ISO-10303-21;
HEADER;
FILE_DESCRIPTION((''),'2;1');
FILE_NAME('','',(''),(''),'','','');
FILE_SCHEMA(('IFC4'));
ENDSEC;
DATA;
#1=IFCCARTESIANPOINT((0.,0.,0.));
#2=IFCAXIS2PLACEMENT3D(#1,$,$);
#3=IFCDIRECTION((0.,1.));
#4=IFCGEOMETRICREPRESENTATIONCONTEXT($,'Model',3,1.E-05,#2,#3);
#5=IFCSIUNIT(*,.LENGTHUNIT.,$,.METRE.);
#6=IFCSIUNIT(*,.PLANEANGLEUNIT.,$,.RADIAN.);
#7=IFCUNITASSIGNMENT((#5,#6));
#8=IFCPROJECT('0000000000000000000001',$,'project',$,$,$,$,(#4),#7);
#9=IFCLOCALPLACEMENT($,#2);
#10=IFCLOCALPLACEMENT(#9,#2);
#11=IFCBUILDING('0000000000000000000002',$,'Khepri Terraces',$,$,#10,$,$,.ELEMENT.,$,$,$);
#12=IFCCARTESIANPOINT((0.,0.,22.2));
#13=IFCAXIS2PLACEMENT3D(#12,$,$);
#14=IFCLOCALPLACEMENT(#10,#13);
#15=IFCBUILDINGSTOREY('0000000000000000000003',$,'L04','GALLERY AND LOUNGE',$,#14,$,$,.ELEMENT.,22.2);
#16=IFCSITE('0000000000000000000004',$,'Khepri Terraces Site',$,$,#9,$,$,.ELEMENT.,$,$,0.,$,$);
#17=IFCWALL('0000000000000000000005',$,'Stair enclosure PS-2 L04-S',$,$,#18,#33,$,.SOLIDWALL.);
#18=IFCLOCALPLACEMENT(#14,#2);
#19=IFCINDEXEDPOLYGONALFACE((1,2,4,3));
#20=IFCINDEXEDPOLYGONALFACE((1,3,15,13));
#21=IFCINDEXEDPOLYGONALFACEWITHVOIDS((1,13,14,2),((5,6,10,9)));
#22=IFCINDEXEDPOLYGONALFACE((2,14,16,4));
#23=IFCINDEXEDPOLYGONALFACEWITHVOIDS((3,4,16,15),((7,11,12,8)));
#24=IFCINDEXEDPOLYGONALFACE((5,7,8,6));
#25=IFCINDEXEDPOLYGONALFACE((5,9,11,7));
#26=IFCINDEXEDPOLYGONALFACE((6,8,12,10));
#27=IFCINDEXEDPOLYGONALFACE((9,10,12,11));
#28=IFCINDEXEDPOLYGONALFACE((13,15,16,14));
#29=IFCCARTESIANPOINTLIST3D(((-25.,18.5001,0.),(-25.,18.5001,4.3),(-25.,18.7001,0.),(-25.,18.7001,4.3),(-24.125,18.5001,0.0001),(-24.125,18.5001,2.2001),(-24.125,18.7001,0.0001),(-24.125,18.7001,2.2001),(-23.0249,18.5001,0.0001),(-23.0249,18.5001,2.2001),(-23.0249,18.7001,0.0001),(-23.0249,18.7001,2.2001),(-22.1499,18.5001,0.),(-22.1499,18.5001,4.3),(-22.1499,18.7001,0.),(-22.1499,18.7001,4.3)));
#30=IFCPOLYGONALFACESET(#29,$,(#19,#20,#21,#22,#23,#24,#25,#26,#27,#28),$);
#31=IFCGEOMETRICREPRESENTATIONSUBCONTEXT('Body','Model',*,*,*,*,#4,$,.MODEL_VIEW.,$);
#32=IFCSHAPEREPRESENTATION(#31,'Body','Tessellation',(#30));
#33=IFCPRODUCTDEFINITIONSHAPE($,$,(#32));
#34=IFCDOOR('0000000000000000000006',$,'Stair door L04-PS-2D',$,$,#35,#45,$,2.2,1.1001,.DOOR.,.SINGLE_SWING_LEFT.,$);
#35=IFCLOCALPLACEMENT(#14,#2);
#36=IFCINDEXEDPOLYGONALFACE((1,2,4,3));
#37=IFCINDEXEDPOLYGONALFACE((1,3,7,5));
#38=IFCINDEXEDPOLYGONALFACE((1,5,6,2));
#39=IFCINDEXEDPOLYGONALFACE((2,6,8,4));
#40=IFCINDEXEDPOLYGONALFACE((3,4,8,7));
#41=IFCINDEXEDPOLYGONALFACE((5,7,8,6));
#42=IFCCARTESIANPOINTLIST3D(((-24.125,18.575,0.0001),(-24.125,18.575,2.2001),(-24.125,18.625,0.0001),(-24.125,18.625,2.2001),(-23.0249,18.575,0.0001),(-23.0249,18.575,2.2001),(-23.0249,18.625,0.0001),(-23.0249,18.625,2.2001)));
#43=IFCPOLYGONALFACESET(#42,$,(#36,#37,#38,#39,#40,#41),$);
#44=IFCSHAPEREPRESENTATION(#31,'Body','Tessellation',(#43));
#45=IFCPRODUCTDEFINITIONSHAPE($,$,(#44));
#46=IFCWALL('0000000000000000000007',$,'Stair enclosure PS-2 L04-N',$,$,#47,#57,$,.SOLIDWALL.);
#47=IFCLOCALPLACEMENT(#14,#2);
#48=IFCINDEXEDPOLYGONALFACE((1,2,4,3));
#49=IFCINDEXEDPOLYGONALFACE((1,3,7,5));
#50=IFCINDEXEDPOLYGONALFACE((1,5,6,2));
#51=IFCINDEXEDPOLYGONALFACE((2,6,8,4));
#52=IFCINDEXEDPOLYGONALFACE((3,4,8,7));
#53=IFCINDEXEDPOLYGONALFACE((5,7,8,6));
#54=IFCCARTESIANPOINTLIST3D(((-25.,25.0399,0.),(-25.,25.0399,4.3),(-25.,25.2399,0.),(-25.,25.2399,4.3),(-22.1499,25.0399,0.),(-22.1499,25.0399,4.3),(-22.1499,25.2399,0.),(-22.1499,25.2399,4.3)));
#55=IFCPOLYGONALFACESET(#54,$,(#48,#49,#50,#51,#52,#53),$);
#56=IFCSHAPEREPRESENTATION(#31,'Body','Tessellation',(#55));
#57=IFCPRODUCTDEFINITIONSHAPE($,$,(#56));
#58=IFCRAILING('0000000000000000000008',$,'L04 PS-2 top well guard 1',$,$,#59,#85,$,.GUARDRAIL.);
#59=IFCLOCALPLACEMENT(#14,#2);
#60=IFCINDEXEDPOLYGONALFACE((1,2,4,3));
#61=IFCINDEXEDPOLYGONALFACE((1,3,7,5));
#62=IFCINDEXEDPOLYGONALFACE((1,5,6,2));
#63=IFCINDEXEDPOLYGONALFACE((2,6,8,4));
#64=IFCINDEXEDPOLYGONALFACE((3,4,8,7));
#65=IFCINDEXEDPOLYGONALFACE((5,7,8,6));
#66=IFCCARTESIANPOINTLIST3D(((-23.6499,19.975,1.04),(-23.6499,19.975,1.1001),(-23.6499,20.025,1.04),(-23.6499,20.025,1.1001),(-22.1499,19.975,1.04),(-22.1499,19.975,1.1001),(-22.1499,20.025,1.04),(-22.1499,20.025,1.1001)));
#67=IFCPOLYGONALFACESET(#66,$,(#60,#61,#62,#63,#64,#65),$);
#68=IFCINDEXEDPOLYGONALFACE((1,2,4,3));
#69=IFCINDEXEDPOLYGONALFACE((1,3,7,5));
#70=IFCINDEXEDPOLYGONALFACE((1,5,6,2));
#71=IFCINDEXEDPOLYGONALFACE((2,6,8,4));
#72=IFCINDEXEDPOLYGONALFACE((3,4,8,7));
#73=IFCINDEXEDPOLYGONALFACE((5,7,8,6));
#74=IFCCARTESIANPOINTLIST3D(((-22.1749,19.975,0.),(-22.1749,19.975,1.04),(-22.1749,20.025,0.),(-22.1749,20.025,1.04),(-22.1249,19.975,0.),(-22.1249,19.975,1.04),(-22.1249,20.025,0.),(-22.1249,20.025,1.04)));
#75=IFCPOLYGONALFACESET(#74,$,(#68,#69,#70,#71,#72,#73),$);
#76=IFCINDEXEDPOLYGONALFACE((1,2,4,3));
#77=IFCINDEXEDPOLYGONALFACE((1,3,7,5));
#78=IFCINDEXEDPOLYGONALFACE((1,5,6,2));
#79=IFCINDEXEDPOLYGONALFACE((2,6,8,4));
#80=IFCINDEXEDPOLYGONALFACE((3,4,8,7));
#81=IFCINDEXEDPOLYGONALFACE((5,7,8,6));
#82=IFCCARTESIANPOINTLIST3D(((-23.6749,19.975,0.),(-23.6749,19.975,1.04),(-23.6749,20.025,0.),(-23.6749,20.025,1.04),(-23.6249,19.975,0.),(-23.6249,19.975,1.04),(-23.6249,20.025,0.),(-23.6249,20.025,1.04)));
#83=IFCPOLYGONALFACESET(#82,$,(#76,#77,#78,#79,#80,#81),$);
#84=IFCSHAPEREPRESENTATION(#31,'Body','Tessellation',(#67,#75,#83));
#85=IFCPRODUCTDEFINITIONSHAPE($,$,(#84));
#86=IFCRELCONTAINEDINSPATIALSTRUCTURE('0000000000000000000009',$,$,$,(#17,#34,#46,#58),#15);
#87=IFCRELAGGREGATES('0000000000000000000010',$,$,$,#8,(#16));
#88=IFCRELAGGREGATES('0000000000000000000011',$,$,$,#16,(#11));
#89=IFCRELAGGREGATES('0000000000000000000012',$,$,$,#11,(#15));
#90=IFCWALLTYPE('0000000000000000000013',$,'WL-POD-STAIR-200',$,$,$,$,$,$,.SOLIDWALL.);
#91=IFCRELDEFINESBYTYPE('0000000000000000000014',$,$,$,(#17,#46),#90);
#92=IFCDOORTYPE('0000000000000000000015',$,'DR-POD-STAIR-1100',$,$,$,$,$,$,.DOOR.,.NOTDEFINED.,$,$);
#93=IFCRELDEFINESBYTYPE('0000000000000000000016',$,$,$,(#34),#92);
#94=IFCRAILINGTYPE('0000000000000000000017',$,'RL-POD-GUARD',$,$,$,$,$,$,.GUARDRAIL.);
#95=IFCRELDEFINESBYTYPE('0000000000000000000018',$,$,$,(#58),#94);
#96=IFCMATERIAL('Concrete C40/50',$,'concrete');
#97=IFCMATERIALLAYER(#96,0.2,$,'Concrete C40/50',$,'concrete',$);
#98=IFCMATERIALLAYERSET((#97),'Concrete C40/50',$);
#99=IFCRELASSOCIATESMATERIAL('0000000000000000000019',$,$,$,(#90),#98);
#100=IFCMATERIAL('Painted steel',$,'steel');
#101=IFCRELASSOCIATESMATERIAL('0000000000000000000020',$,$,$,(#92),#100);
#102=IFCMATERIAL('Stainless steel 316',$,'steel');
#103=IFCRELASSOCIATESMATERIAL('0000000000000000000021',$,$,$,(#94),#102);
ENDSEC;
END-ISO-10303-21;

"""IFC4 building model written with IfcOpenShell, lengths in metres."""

from ifc_helpers import new_model, si_unit, direction, frame, frame_2d, origin, origin_2d, place, context, subcontext, project, spatial, rectangle, extrude, material, layer, layer_set, type_object, element, fill, save


model = new_model("IFC4")

# Units and contexts
model_context = context("Model", 3, precision=1e-05, world=origin(), true_north=direction((0.0, 1.0)))
body_context = subcontext(model_context, "Body", "Model", "MODEL_VIEW")
ifc_project = project(units=[si_unit("LENGTHUNIT", "METRE"), si_unit("PLANEANGLEUNIT", "RADIAN")], contexts=[model_context])

# Site, building, storey
site_placement = place(None, origin())
site = spatial("IfcSite", under=ifc_project, at=site_placement, Name="Khepri Terraces Site", CompositionType="ELEMENT", RefElevation=0.0)
building_placement = place(site_placement, origin())
building = spatial("IfcBuilding", under=site, at=building_placement, Name="Khepri Terraces", CompositionType="ELEMENT")
storey_placement = place(building_placement, frame((0.0, 0.0, 22.2)))
storey = spatial("IfcBuildingStorey", under=building, at=storey_placement, Name="L04", Description="GALLERY AND LOUNGE", CompositionType="ELEMENT", Elevation=22.2)

# Shared definitions
ifc_material_1 = material(Name="Painted steel", Category="steel")

# Shared definitions
ifc_material_2 = material(Name="Concrete C40/50", Category="concrete")
ifc_layer_1 = layer(ifc_material_2, 0.2, Name="Concrete C40/50", Category="concrete")
ifc_layer_set_1 = layer_set([ifc_layer_1], Name="Concrete C40/50")
wall_type_1 = type_object("IfcWallType", Name="WL-POD-STAIR-200", PredefinedType="SOLIDWALL", material=ifc_layer_set_1)

# Wall, opening, door
wall_1_placement = place(storey_placement, frame((-25.0, 18.6001, 0.0), z_axis=(0.0, 0.0, 1.0), x_axis=(1.0, 0.0, 0.0)))
wall_1 = element("IfcWall", 1, at=wall_1_placement, inside=storey, type_object=wall_type_1, Name="Stair enclosure PS-2 L04-S", PredefinedType="SOLIDWALL", context=body_context, shape_type="SweptSolid", body=[
    extrude(rectangle(XDim=2.8501, YDim=0.2, at=frame_2d((1.425, 0.0))), origin(), (0.0, 0.0, 1.0), 4.3),
])
opening_1_placement = place(wall_1_placement, frame((0.875, 0.0, 0.0)))
opening_1 = element("IfcOpeningElement", 2, at=opening_1_placement, cuts=wall_1, PredefinedType="OPENING", context=body_context, shape_type="SweptSolid", body=[
    extrude(rectangle(XDim=1.1001, YDim=2.2, at=frame_2d((0.55, 1.1001))), frame((0.0, 0.1099, 0.0), z_axis=(0.0, -1.0, 0.0), x_axis=(1.0, 0.0, 0.0)), (0.0, 0.0, 1.0), 0.22),
])
door_type_1 = type_object("IfcDoorType", Name="DR-POD-STAIR-1100", OperationType="NOTDEFINED", PredefinedType="DOOR", material=ifc_material_1)
door_1_placement = place(opening_1_placement, origin())
door_1 = element("IfcDoor", 3, at=door_1_placement, inside=storey, type_object=door_type_1, Name="Stair door L04-PS-2D", OperationType="SINGLE_SWING_LEFT", OverallHeight=2.2, OverallWidth=1.1001, PredefinedType="DOOR", context=body_context, shape_type="SweptSolid", body=[
    extrude(rectangle(XDim=1.1001, YDim=2.2, at=frame_2d((0.55, 1.1001))), frame((0.0, 0.0249, 0.0), z_axis=(0.0, -1.0, 0.0), x_axis=(1.0, 0.0, 0.0)), (0.0, 0.0, 1.0), 0.05),
])
fill(opening_1, door_1)

# Wall
wall_2_placement = place(storey_placement, frame((-25.0, 25.1399, 0.0), z_axis=(0.0, 0.0, 1.0), x_axis=(1.0, 0.0, 0.0)))
element("IfcWall", 4, at=wall_2_placement, inside=storey, type_object=wall_type_1, Name="Stair enclosure PS-2 L04-N", PredefinedType="SOLIDWALL", context=body_context, shape_type="SweptSolid", body=[
    extrude(rectangle(XDim=2.8501, YDim=0.2, at=frame_2d((1.425, 0.0))), origin(), (0.0, 0.0, 1.0), 4.3),
])

# Railing
ifc_material_3 = material(Name="Stainless steel 316", Category="steel")
railing_type = type_object("IfcRailingType", Name="RL-POD-GUARD", PredefinedType="GUARDRAIL", material=ifc_material_3)
railing_placement = place(storey_placement, frame((-22.1499, 20.0, 0.0)))
element("IfcRailing", 5, at=railing_placement, inside=storey, type_object=railing_type, Name="L04 PS-2 top well guard 1", PredefinedType="GUARDRAIL", context=body_context, shape_type="SweptSolid", body=[
    extrude(rectangle(XDim=0.05, YDim=0.0601, at=origin_2d()), frame((0.0, 0.0, 1.0701), z_axis=(-1.0, 0.0, 0.0), x_axis=(0.0, -1.0, 0.0)), (0.0, 0.0, 1.0), 1.5),
    extrude(rectangle(XDim=0.05, YDim=0.05, at=origin_2d()), origin(), (0.0, 0.0, 1.0), 1.04),
    extrude(rectangle(XDim=0.05, YDim=0.05, at=origin_2d()), frame((-1.5, 0.0, 0.0)), (0.0, 0.0, 1.0), 1.04),
])

save(model, "model.ifc")
